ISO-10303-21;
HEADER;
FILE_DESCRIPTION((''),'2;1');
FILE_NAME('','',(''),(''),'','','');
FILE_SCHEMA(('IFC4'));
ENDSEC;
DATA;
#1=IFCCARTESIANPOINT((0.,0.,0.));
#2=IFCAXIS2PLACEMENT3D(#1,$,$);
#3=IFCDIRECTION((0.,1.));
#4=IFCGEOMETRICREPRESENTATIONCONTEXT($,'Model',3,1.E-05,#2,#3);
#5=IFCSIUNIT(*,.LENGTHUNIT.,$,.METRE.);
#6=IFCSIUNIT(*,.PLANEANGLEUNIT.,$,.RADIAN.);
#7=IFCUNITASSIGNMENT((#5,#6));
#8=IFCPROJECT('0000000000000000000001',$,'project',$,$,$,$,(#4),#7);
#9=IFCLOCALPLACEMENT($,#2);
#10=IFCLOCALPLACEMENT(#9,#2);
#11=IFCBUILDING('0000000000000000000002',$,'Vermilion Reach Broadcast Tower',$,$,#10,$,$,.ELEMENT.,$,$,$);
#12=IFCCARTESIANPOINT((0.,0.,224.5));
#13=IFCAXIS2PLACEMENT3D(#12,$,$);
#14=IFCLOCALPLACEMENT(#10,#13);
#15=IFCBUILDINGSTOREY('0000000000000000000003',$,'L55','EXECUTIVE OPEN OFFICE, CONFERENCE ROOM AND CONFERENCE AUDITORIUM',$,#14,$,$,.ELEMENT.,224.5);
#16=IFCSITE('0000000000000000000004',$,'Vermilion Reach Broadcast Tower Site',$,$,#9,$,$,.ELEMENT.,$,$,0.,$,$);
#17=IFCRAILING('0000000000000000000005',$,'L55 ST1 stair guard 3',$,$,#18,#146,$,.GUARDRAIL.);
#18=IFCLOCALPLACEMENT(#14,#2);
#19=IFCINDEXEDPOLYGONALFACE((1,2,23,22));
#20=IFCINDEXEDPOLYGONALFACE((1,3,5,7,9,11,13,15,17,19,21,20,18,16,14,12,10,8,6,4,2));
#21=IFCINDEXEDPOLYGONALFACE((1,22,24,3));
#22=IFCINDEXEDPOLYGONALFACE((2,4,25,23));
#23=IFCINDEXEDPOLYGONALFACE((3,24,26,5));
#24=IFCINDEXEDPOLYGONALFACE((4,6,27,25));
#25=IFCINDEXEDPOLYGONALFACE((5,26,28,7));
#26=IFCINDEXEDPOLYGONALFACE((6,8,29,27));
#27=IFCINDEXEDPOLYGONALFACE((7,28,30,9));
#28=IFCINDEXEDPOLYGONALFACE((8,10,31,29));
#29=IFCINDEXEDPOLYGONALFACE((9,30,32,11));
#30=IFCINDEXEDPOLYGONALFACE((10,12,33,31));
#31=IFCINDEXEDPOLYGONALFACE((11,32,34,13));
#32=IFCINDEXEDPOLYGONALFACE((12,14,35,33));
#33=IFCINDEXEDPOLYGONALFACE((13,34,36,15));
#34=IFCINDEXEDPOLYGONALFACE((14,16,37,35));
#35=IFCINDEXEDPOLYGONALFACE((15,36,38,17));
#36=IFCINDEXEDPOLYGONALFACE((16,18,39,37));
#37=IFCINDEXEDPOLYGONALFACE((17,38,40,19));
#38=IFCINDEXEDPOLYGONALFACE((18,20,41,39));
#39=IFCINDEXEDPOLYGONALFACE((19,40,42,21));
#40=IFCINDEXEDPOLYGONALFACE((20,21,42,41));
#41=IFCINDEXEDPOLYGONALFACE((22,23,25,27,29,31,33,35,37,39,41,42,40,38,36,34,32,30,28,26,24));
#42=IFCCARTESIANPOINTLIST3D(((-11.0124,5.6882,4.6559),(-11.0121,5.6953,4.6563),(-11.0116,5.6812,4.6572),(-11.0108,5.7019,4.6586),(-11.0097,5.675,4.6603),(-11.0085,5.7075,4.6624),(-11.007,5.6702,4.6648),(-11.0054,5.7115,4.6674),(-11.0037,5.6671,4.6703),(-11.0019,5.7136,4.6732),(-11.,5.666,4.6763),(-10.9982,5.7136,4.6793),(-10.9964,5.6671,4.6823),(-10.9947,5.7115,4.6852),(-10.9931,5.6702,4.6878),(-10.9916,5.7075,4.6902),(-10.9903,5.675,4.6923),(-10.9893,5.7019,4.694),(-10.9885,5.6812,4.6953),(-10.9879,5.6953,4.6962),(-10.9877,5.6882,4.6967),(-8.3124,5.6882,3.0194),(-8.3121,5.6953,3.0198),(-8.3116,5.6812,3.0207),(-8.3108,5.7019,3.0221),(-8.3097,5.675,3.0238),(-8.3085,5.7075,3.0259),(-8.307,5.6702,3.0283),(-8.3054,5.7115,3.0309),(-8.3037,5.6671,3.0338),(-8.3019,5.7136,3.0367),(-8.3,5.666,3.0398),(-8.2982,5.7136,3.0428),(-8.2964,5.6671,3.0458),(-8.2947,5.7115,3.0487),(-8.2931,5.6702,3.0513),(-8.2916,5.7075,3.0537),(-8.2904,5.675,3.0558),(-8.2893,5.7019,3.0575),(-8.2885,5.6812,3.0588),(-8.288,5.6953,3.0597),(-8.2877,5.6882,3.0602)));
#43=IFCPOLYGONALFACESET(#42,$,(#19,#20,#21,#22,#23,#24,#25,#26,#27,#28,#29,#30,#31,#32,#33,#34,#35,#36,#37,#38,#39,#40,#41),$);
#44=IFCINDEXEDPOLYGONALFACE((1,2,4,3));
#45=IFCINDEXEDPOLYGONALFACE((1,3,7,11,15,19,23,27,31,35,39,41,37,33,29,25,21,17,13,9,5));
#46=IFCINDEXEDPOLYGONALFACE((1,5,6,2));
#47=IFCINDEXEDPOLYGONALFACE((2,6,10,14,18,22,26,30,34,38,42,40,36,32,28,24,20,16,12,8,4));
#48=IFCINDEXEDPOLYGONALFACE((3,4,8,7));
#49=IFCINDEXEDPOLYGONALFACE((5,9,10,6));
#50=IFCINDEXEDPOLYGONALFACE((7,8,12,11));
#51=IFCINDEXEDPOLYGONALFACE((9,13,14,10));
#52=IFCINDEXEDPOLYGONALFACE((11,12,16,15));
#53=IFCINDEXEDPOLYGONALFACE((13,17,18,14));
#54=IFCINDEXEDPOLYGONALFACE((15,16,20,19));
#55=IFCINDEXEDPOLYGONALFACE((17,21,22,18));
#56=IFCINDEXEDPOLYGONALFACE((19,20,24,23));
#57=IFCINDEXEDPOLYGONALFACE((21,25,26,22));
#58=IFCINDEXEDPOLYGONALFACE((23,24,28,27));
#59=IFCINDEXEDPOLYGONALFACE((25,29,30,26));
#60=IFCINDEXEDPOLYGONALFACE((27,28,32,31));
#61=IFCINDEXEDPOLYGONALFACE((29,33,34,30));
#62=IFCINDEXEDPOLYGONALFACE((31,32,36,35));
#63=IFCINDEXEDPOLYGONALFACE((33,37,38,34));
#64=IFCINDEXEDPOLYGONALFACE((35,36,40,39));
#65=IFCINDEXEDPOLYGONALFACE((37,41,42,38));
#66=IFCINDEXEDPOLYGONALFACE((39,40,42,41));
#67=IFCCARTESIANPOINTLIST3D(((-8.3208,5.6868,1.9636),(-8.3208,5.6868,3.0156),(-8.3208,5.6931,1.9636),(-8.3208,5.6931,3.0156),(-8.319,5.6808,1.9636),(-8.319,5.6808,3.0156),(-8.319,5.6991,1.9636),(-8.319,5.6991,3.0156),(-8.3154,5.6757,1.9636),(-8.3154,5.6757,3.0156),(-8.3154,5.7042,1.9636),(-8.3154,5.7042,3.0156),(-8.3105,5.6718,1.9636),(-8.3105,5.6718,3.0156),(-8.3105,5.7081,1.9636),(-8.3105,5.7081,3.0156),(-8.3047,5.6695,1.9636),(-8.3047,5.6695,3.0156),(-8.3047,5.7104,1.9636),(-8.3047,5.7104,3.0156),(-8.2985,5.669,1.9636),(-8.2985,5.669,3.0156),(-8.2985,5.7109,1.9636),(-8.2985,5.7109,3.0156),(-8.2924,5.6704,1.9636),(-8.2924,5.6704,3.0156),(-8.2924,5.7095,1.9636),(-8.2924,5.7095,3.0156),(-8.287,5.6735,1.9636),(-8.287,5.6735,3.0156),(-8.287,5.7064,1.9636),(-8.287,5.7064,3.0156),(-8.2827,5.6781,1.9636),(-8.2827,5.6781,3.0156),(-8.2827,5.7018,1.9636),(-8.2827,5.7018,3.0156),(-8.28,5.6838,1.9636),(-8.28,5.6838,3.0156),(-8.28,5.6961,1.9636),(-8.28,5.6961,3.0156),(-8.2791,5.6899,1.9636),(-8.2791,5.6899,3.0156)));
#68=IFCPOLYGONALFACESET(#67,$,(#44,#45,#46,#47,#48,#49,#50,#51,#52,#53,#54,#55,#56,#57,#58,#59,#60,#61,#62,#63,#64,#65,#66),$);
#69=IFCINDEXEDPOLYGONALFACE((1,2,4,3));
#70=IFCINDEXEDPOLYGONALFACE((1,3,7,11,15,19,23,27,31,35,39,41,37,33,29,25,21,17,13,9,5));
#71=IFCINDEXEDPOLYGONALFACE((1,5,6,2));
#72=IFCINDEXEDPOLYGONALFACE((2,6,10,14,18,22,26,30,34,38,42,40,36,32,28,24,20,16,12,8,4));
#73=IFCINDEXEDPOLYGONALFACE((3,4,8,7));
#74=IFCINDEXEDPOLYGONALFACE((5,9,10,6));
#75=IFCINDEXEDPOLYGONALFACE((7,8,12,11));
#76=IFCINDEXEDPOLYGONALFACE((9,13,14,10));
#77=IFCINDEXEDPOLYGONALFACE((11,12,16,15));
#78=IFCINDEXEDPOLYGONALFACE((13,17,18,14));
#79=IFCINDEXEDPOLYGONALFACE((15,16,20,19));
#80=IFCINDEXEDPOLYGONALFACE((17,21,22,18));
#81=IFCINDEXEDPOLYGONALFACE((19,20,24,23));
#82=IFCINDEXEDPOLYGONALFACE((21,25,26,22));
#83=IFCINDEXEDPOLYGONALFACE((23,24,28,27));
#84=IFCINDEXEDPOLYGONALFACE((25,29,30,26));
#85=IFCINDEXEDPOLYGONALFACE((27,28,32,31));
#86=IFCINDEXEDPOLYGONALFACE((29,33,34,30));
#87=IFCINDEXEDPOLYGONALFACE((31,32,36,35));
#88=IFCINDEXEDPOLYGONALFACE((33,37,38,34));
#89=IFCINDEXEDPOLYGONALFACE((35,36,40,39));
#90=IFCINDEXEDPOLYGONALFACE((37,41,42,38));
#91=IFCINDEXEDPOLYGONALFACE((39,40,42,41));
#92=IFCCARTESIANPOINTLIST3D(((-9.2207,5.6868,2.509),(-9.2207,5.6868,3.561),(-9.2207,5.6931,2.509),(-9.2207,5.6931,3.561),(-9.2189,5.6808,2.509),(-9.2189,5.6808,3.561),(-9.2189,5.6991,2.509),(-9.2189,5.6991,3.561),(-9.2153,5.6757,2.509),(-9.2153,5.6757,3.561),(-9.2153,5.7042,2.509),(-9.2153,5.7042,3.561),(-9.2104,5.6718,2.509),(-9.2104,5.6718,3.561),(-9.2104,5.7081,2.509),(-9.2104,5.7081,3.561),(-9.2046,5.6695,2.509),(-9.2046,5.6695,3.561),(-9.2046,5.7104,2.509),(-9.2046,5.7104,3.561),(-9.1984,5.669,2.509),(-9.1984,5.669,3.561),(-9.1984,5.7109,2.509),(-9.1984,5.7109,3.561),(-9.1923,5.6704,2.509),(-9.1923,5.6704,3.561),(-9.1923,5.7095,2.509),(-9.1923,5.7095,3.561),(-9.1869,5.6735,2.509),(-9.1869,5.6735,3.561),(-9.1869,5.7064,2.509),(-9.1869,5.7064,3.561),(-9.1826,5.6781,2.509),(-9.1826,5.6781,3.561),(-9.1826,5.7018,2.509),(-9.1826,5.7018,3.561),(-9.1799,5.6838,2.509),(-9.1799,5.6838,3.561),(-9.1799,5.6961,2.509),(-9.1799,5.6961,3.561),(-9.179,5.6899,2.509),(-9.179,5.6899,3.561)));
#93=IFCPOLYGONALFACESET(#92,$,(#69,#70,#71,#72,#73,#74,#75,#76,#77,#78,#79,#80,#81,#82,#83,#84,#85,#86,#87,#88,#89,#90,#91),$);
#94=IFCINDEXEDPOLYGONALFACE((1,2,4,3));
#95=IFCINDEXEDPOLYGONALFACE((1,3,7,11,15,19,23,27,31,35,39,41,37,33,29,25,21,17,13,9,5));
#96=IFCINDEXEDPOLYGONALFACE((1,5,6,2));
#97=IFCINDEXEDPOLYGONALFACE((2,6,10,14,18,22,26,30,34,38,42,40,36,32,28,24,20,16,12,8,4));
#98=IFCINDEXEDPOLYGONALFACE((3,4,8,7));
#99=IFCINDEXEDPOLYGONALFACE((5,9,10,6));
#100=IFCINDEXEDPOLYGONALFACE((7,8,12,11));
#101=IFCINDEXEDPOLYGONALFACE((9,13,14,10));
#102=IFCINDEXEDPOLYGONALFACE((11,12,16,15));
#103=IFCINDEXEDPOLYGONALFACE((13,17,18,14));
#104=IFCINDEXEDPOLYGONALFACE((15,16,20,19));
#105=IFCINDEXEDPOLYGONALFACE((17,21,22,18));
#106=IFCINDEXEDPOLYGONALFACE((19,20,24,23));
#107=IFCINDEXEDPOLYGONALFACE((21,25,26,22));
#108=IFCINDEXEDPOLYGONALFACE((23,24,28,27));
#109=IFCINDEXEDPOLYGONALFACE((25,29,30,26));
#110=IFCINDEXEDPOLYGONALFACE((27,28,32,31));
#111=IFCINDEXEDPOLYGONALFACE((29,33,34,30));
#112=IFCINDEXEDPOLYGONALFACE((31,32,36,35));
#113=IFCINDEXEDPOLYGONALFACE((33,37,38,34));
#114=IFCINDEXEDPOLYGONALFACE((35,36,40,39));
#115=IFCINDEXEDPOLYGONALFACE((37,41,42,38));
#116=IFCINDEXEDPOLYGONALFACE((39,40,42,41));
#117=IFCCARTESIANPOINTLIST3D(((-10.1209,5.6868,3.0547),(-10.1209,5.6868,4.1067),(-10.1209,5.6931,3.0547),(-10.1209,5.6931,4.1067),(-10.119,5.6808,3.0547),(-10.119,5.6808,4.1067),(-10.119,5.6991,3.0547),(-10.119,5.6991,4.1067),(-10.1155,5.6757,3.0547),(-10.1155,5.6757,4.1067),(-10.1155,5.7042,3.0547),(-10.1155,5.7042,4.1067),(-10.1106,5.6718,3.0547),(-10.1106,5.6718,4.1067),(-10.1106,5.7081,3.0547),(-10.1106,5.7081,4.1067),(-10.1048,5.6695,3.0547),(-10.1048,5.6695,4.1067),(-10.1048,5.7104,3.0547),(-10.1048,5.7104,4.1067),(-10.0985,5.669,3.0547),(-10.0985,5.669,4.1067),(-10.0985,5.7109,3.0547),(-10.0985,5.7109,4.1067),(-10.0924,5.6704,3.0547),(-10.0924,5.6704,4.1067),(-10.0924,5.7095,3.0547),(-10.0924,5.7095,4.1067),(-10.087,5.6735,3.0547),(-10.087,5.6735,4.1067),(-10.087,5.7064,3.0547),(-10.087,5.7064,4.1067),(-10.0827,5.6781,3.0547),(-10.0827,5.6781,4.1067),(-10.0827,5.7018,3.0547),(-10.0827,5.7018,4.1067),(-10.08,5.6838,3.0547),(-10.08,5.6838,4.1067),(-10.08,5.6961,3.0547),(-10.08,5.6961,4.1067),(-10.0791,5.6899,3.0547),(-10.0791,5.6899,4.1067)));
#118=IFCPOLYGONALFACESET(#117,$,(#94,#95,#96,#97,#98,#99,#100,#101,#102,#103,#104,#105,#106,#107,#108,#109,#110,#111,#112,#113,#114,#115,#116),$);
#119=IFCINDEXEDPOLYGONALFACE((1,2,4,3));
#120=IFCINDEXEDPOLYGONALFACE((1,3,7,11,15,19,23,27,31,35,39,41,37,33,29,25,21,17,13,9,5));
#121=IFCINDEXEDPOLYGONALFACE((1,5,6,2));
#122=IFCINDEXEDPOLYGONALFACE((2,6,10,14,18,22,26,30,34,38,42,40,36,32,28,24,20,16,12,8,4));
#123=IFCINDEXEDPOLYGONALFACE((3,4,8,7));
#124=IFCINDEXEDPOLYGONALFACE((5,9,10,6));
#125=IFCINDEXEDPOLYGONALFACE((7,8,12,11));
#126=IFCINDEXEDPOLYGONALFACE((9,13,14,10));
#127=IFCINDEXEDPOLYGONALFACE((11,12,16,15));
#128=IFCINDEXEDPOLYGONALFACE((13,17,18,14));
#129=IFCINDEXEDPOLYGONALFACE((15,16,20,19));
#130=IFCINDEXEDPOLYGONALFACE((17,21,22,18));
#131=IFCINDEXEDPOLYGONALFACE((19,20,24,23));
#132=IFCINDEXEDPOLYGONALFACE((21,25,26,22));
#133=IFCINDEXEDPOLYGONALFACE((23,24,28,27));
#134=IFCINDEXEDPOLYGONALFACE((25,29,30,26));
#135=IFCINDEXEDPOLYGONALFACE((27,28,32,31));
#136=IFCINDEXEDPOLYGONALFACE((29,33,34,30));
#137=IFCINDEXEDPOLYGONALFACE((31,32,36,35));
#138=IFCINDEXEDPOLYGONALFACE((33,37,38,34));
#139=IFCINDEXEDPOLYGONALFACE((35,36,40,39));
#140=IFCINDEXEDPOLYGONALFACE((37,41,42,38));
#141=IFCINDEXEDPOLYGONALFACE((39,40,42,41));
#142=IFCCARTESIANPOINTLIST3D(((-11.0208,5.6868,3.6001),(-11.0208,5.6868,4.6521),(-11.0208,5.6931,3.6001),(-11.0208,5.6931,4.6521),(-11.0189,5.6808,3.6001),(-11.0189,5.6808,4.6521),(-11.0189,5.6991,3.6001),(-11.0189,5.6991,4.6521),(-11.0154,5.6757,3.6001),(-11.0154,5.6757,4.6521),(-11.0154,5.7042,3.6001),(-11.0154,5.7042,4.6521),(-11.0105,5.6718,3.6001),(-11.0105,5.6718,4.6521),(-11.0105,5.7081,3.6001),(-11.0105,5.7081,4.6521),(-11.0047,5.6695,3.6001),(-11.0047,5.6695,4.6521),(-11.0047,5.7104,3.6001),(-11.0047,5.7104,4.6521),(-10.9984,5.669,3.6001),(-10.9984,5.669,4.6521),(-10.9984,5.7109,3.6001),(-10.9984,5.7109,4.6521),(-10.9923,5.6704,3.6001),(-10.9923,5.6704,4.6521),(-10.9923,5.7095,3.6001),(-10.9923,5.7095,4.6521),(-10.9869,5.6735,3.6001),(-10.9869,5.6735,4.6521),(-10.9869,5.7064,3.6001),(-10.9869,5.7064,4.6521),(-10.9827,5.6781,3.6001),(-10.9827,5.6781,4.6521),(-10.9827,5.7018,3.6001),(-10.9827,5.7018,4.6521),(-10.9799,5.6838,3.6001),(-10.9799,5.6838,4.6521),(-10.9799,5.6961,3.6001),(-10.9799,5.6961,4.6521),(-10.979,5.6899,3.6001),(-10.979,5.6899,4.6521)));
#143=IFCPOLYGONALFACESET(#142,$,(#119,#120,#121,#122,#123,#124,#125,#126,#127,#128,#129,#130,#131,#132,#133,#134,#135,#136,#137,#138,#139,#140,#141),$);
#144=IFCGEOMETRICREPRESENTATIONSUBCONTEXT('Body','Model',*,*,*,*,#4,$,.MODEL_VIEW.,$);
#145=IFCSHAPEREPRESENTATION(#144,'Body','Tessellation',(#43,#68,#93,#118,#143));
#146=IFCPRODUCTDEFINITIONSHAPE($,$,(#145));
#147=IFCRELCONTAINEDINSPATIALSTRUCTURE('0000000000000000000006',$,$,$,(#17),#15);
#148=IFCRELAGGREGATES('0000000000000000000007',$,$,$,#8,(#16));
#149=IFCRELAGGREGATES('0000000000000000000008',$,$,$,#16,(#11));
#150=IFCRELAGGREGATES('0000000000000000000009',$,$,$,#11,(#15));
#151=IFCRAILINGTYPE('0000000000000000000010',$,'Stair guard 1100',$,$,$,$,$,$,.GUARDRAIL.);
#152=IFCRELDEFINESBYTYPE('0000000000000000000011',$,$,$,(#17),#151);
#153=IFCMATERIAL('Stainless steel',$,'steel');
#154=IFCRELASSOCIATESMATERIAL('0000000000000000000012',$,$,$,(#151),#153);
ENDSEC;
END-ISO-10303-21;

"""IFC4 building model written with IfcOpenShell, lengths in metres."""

from ifc_helpers import new_model, si_unit, direction, frame, origin, origin_2d, place, context, subcontext, project, spatial, circle, extrude, material, type_object, element, save


model = new_model("IFC4")

# Units and contexts
model_context = context("Model", 3, precision=1e-05, world=origin(), true_north=direction((0.0, 1.0)))
body_context = subcontext(model_context, "Body", "Model", "MODEL_VIEW")
ifc_project = project(units=[si_unit("LENGTHUNIT", "METRE"), si_unit("PLANEANGLEUNIT", "RADIAN")], contexts=[model_context])

# Site, building, storey
site_placement = place(None, origin())
site = spatial("IfcSite", under=ifc_project, at=site_placement, Name="Vermilion Reach Broadcast Tower Site", CompositionType="ELEMENT", RefElevation=0.0)
building_placement = place(site_placement, origin())
building = spatial("IfcBuilding", under=site, at=building_placement, Name="Vermilion Reach Broadcast Tower", CompositionType="ELEMENT")
storey_placement = place(building_placement, frame((0.0, 0.0, 224.5)))
storey = spatial("IfcBuildingStorey", under=building, at=storey_placement, Name="L55", Description="EXECUTIVE OPEN OFFICE, CONFERENCE ROOM AND CONFERENCE AUDITORIUM", CompositionType="ELEMENT", Elevation=224.5)

# Railing
ifc_material_1 = material(Name="Stainless steel", Category="steel")
railing_type_1 = type_object("IfcRailingType", Name="Stair guard 1100", PredefinedType="GUARDRAIL", material=ifc_material_1)
railing_1_placement = place(storey_placement, frame((-8.3, 5.6899, 1.9636)))
element("IfcRailing", 1, at=railing_1_placement, inside=storey, type_object=railing_type_1, Name="L55 ST1 stair guard 3", PredefinedType="GUARDRAIL", context=body_context, shape_type="SweptSolid", body=[
    extrude(circle(Radius=0.0239, at=origin_2d()), frame((0.0, 0.0, 1.0762), z_axis=(-0.855178, 0.0, 0.518334), x_axis=(0.0, -1.0, 0.0)), (0.0, 0.0, 1.0), 3.1572),
    extrude(circle(Radius=0.021, at=origin_2d()), origin(), (0.0, 0.0, 1.0), 1.052),
    extrude(circle(Radius=0.021, at=origin_2d()), frame((-0.8999, 0.0, 0.5454)), (0.0, 0.0, 1.0), 1.052),
    extrude(circle(Radius=0.021, at=origin_2d()), frame((-1.8, 0.0, 1.0911)), (0.0, 0.0, 1.0), 1.052),
    extrude(circle(Radius=0.021, at=origin_2d()), frame((-2.7, 0.0, 1.6365)), (0.0, 0.0, 1.0), 1.052),
])

save(model, "model.ifc")
